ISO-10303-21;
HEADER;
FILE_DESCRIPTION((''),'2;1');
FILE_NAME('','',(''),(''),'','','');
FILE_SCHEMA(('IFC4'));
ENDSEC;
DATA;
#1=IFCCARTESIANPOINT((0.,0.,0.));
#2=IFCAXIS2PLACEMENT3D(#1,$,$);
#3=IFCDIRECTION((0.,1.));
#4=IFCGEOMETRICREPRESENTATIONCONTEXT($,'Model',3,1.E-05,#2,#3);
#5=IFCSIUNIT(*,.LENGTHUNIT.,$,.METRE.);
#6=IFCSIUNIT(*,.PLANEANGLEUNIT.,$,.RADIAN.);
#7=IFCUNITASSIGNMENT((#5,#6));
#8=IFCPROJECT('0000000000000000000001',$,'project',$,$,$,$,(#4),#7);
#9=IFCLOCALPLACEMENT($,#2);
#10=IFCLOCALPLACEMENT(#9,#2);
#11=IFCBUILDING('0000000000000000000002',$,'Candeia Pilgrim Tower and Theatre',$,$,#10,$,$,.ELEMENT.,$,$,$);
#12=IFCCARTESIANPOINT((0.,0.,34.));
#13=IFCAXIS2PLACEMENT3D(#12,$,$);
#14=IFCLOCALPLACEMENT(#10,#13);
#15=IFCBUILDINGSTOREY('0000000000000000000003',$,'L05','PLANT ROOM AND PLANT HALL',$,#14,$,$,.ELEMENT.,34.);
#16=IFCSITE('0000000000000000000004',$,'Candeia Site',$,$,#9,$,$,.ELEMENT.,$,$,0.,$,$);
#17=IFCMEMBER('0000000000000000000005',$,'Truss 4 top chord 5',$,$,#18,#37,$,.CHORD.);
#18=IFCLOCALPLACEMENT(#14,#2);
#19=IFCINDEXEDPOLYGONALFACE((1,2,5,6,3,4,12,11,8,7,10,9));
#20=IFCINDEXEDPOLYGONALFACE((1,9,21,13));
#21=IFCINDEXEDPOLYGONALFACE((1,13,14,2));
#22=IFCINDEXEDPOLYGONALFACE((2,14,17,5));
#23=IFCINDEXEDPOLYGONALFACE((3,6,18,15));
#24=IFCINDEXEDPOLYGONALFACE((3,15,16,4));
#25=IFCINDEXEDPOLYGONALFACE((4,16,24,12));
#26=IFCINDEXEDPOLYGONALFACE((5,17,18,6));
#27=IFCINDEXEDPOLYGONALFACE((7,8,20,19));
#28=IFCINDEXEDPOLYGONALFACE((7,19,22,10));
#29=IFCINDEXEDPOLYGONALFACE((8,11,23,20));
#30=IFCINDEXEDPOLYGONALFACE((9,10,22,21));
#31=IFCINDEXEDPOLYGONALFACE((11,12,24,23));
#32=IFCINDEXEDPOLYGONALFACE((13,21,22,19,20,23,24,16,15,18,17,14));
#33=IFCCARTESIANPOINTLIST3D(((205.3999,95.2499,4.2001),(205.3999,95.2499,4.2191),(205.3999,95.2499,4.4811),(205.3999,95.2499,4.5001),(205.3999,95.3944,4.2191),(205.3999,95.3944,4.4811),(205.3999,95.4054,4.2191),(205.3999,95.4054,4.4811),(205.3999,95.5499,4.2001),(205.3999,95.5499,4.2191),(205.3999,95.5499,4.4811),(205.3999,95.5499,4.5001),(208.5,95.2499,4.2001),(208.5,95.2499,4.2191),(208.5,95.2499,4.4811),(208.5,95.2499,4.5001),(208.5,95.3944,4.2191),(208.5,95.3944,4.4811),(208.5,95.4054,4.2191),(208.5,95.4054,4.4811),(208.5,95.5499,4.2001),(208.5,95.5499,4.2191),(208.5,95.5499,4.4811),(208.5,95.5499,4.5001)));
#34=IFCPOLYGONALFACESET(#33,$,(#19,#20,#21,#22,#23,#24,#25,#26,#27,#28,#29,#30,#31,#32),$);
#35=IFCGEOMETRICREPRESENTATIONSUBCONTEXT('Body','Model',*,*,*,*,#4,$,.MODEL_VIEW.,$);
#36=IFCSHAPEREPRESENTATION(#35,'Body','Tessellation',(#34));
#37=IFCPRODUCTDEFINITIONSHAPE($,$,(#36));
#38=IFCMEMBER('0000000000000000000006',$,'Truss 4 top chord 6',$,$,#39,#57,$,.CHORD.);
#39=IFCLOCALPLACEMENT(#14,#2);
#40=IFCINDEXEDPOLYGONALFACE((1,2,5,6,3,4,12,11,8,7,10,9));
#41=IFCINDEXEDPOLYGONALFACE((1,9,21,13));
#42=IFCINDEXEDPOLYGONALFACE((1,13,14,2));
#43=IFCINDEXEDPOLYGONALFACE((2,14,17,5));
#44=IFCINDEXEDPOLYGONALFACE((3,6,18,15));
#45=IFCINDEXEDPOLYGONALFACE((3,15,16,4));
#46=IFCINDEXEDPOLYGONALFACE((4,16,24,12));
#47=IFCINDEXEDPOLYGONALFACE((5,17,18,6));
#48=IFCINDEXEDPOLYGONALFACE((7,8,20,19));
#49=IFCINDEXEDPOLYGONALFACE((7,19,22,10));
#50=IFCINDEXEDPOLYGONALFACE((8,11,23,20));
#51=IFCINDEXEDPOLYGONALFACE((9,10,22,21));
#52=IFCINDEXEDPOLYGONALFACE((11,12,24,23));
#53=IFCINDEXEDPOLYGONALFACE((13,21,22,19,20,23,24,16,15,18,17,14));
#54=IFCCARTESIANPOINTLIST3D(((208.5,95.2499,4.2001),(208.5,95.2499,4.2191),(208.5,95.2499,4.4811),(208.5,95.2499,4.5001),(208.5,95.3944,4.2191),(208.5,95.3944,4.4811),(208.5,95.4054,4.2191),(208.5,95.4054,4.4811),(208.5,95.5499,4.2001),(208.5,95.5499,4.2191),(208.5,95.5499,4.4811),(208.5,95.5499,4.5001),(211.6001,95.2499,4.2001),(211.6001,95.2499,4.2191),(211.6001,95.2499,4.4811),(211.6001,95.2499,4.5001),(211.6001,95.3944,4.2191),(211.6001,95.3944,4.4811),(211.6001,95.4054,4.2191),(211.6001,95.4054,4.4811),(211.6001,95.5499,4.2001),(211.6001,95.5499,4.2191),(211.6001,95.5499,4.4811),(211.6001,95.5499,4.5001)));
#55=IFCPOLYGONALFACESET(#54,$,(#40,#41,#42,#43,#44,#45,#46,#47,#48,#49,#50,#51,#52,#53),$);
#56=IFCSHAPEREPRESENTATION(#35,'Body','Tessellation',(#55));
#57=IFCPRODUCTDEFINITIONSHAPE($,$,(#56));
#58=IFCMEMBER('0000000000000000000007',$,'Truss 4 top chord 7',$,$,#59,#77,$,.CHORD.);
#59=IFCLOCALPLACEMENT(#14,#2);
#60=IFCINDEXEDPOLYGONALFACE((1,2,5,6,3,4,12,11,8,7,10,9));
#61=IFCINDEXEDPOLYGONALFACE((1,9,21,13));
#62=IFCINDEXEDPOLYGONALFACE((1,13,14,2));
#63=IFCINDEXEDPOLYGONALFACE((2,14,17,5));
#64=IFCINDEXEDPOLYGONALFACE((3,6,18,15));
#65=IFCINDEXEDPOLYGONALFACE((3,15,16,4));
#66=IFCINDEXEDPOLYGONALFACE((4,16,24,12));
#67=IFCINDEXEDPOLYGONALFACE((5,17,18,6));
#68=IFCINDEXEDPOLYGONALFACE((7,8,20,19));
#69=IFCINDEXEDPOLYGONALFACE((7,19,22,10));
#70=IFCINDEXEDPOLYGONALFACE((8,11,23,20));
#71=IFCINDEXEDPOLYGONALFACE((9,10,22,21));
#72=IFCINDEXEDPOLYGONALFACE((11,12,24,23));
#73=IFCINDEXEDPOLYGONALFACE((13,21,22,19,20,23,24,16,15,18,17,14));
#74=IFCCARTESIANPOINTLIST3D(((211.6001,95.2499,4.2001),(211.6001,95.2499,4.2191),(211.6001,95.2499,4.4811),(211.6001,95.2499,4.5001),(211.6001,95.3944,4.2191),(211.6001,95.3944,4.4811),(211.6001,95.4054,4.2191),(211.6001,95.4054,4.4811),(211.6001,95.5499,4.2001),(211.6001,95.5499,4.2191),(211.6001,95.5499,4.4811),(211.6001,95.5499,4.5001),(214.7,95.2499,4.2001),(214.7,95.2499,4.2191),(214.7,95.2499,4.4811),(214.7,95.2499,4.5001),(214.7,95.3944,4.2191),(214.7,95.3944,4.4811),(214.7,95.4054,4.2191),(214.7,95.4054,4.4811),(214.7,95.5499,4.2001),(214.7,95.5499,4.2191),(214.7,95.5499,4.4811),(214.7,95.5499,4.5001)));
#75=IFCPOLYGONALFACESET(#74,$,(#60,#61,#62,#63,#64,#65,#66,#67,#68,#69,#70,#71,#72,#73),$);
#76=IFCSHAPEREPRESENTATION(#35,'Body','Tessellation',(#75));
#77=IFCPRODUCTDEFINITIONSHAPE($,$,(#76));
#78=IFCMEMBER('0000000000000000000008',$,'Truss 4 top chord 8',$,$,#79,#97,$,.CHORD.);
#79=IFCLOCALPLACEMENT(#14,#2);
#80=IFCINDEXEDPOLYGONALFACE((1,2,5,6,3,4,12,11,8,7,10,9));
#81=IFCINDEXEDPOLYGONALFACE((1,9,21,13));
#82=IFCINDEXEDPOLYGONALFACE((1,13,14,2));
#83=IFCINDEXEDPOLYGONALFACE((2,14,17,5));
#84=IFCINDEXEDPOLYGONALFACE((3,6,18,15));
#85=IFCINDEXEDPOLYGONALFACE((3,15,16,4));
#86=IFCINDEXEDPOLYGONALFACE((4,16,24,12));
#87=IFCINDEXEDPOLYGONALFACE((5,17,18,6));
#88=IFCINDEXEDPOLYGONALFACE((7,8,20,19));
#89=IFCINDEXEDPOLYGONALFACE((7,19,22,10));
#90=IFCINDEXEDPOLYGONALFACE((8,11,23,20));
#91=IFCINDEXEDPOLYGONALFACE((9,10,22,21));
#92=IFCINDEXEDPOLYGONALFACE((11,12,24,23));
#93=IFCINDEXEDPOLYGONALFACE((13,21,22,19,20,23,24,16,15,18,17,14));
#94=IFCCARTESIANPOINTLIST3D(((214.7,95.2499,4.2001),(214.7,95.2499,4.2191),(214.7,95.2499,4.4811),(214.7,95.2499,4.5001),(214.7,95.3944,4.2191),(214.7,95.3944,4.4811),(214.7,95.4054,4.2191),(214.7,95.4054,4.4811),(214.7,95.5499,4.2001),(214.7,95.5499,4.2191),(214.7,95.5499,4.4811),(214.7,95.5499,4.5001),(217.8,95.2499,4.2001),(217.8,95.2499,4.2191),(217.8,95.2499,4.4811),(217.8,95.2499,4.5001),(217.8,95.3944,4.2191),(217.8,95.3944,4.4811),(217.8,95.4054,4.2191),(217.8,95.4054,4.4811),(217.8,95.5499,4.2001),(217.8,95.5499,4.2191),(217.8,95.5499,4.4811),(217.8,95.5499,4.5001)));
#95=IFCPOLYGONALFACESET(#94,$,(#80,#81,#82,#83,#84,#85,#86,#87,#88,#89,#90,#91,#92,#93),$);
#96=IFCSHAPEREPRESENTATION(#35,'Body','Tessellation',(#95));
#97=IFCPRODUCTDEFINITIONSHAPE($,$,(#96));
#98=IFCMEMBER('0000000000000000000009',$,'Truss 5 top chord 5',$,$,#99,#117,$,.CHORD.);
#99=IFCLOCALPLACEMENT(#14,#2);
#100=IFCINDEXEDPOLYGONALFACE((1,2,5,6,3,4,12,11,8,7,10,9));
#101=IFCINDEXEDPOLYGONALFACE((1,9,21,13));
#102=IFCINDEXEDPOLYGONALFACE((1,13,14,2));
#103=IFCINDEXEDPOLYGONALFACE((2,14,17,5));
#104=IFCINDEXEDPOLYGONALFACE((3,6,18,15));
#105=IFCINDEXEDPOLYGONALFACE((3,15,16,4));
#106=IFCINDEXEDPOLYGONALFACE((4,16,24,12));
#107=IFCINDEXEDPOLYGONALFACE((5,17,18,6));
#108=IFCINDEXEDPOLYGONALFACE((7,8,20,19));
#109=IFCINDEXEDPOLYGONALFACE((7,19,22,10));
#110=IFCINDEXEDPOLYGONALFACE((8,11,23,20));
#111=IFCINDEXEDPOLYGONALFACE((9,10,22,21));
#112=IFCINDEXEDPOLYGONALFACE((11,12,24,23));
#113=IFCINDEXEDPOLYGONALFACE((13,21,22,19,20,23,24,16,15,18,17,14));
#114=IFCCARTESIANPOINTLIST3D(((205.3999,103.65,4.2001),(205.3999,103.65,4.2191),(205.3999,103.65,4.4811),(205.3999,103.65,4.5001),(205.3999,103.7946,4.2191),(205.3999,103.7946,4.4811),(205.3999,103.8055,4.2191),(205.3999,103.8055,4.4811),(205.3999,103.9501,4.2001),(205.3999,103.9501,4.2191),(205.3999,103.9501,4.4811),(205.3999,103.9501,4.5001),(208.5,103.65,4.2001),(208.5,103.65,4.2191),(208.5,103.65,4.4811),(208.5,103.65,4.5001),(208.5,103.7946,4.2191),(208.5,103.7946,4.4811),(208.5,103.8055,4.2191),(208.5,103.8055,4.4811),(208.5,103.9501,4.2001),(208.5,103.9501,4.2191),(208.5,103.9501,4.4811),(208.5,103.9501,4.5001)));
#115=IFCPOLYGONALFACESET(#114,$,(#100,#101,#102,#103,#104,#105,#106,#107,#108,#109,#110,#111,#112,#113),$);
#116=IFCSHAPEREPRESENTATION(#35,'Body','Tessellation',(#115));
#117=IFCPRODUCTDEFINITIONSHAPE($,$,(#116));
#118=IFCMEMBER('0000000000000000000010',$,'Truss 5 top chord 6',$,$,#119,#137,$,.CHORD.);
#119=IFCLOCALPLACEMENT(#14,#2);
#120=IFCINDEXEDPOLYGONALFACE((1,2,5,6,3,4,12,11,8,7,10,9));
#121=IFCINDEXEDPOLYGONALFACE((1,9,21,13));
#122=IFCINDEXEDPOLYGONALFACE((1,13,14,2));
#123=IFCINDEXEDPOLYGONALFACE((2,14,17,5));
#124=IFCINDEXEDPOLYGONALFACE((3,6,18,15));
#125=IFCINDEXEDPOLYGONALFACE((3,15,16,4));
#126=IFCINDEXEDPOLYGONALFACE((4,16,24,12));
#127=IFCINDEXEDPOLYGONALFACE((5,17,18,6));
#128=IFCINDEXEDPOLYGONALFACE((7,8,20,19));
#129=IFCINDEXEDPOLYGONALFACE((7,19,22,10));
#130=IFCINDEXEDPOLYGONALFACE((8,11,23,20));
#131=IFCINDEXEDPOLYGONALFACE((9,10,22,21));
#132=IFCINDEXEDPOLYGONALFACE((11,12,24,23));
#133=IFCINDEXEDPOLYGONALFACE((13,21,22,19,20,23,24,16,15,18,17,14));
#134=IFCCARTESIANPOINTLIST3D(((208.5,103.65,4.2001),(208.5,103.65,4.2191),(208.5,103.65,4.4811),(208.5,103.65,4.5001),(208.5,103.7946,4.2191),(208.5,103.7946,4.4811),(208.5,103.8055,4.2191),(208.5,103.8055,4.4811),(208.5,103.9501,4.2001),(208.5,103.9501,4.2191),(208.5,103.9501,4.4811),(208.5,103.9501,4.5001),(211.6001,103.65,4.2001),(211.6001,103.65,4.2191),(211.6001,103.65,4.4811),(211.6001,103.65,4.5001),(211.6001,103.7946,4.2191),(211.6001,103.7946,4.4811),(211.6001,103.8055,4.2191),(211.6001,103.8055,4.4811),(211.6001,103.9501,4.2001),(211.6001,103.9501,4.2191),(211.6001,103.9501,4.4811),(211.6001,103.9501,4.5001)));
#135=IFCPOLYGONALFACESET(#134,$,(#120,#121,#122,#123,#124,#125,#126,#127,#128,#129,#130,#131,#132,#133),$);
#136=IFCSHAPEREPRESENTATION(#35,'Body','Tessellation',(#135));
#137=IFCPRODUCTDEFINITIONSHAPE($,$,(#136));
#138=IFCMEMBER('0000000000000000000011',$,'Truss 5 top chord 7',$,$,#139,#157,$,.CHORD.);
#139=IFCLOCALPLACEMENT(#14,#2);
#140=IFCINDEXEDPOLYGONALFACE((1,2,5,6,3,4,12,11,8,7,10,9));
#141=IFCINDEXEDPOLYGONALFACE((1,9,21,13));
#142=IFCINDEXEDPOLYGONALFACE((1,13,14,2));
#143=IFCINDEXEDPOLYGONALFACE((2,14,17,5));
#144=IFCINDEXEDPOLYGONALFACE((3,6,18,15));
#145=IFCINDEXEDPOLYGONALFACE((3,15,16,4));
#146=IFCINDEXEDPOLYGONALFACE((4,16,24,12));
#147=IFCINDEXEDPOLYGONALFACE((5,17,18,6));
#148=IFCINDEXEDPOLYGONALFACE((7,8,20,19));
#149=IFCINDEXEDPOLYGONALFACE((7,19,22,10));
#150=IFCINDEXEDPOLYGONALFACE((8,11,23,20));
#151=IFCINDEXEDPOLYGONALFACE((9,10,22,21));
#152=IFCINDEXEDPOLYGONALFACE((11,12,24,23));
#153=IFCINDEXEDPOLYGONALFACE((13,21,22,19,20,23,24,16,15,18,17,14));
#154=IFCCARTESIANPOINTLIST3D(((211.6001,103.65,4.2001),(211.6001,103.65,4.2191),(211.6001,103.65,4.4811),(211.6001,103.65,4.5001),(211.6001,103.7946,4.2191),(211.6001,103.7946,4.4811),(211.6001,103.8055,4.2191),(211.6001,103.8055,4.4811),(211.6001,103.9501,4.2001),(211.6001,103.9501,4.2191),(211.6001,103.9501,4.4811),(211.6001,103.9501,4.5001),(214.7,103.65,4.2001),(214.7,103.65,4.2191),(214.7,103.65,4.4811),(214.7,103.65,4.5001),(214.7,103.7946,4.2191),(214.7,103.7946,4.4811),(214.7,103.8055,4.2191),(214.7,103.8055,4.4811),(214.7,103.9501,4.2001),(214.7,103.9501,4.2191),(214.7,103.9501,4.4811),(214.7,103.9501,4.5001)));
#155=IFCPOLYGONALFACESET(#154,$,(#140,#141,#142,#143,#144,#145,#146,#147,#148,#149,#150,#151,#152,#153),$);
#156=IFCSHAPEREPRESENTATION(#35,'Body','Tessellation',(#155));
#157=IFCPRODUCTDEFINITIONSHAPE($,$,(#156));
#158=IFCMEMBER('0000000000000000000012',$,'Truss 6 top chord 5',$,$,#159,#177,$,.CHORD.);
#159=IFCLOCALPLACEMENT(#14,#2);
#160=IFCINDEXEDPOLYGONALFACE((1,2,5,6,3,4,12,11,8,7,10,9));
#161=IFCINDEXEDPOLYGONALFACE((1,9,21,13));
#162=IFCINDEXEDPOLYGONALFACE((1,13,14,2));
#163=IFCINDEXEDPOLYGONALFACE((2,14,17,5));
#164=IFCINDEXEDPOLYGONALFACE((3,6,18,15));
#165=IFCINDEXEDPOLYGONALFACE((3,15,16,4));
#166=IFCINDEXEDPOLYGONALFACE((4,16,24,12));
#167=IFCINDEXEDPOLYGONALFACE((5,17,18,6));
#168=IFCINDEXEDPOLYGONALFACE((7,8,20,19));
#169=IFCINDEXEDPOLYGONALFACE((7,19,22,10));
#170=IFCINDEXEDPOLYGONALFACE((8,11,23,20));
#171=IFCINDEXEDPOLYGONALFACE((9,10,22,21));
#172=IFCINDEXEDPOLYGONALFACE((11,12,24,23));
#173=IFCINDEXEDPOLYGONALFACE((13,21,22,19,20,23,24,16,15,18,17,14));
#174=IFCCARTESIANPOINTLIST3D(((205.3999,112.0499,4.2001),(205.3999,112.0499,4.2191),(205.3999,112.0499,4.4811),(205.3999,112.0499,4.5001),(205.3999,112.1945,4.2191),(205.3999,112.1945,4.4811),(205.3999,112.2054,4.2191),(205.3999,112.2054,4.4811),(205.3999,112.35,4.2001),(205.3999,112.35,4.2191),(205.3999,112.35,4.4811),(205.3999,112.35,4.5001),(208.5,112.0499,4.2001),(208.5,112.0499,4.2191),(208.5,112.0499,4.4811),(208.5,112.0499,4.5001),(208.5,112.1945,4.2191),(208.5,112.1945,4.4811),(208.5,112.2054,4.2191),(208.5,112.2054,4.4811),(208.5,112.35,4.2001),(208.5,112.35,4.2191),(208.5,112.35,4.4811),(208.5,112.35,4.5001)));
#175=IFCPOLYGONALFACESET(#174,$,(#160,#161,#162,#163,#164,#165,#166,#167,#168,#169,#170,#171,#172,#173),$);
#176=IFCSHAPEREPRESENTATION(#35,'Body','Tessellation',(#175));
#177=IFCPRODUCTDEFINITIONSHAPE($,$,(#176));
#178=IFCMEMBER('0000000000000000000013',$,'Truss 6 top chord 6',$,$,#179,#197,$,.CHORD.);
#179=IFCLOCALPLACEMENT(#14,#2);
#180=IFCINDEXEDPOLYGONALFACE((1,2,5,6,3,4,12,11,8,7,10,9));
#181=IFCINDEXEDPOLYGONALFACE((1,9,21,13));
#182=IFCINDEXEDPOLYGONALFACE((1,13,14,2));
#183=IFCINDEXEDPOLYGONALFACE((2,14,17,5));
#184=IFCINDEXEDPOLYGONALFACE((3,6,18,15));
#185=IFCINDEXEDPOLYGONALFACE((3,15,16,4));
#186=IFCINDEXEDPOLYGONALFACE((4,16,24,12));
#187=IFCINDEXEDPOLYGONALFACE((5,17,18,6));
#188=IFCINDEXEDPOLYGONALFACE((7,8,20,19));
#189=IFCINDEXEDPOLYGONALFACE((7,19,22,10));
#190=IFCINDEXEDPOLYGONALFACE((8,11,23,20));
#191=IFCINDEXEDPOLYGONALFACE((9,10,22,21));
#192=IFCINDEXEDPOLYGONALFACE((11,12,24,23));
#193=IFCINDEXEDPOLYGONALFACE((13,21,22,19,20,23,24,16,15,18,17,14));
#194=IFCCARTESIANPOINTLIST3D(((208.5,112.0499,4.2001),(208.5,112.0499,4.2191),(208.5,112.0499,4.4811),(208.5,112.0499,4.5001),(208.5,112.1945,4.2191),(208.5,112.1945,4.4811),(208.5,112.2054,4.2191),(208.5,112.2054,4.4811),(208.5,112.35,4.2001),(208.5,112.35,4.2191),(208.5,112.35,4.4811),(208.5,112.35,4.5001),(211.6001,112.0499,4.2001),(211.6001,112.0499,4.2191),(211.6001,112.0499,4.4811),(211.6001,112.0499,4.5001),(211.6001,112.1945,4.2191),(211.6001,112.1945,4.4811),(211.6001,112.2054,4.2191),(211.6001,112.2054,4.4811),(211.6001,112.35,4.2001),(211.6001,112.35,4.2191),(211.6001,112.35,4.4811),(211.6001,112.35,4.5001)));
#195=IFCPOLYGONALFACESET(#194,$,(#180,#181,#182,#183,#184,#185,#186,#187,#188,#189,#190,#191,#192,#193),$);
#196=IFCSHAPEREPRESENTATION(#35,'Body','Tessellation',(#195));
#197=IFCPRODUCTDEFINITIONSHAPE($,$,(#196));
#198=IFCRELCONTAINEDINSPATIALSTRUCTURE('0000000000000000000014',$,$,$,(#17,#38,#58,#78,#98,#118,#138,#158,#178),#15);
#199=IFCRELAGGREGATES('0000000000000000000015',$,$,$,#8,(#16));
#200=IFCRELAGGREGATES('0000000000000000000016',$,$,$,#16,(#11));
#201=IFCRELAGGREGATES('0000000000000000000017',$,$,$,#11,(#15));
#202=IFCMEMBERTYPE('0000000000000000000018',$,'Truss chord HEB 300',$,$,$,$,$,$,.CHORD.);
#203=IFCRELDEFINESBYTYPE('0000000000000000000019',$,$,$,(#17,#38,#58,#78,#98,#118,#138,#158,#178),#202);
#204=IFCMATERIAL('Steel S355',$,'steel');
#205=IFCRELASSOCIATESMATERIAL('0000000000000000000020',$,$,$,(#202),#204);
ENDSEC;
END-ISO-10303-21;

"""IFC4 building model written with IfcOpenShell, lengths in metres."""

from ifc_helpers import new_model, si_unit, direction, frame, origin, origin_2d, place, context, subcontext, project, spatial, i_section, extrude, material, material_profile, profile_set, type_object, element, save


model = new_model("IFC4")

# Units and contexts
model_context = context("Model", 3, precision=1e-05, world=origin(), true_north=direction((0.0, 1.0)))
body_context = subcontext(model_context, "Body", "Model", "MODEL_VIEW")
ifc_project = project(units=[si_unit("LENGTHUNIT", "METRE"), si_unit("PLANEANGLEUNIT", "RADIAN")], contexts=[model_context])

# Site, building, storey
site_placement = place(None, origin())
site = spatial("IfcSite", under=ifc_project, at=site_placement, Name="Candeia Site", CompositionType="ELEMENT", RefElevation=0.0)
building_placement = place(site_placement, origin())
building = spatial("IfcBuilding", under=site, at=building_placement, Name="Candeia Pilgrim Tower and Theatre", CompositionType="ELEMENT")
storey_placement = place(building_placement, frame((0.0, 0.0, 34.0)))
storey = spatial("IfcBuildingStorey", under=building, at=storey_placement, Name="L05", Description="PLANT ROOM AND PLANT HALL", CompositionType="ELEMENT", Elevation=34.0)

# Members
ifc_material = material(Name="Steel S355", Category="steel")
ifc_material_profile_1 = material_profile(ifc_material, i_section(OverallWidth=0.3, OverallDepth=0.3, WebThickness=0.011, FlangeThickness=0.019, at=origin_2d()))
ifc_profile_set_1 = profile_set([ifc_material_profile_1], Name="Steel S355")
member_type_1 = type_object("IfcMemberType", Name="Truss chord HEB 300", PredefinedType="CHORD", material=ifc_profile_set_1)
for number, where, z_axis, x_axis, name in (
    (1, (205.3999, 95.3999, 4.3501), (1.0, 0.0, 0.0), (0.0, 1.0, 0.0), "Truss 4 top chord 5"),
    (2, (208.5, 95.3999, 4.3501), (1.0, 0.0, 0.0), (0.0, 1.0, 0.0), "Truss 4 top chord 6"),
):
    element("IfcMember", number, at=place(storey_placement, frame(where, z_axis=z_axis, x_axis=x_axis)), inside=storey, type_object=member_type_1, Name=name, PredefinedType="CHORD", context=body_context, shape_type="SweptSolid", body=[
        extrude(i_section(OverallWidth=0.3, OverallDepth=0.3, WebThickness=0.011, FlangeThickness=0.019, at=origin_2d()), origin(), (0.0, 0.0, 1.0), 3.1001),
    ])
member_1_placement = place(storey_placement, frame((211.6001, 95.3999, 4.3501), z_axis=(1.0, 0.0, 0.0), x_axis=(0.0, 1.0, 0.0)))
element("IfcMember", 3, at=member_1_placement, inside=storey, type_object=member_type_1, Name="Truss 4 top chord 7", PredefinedType="CHORD", context=body_context, shape_type="SweptSolid", body=[
    extrude(i_section(OverallWidth=0.3, OverallDepth=0.3, WebThickness=0.011, FlangeThickness=0.019, at=origin_2d()), origin(), (0.0, 0.0, 1.0), 3.0999),
])
for number, where, z_axis, x_axis, name in (
    (4, (214.7, 95.3999, 4.3501), (1.0, 0.0, 0.0), (0.0, 1.0, 0.0), "Truss 4 top chord 8"),
    (5, (205.3999, 103.8, 4.3501), (1.0, 0.0, 0.0), (0.0, 1.0, 0.0), "Truss 5 top chord 5"),
    (6, (208.5, 103.8, 4.3501), (1.0, 0.0, 0.0), (0.0, 1.0, 0.0), "Truss 5 top chord 6"),
):
    element("IfcMember", number, at=place(storey_placement, frame(where, z_axis=z_axis, x_axis=x_axis)), inside=storey, type_object=member_type_1, Name=name, PredefinedType="CHORD", context=body_context, shape_type="SweptSolid", body=[
        extrude(i_section(OverallWidth=0.3, OverallDepth=0.3, WebThickness=0.011, FlangeThickness=0.019, at=origin_2d()), origin(), (0.0, 0.0, 1.0), 3.1001),
    ])
member_2_placement = place(storey_placement, frame((211.6001, 103.8, 4.3501), z_axis=(1.0, 0.0, 0.0), x_axis=(0.0, 1.0, 0.0)))
element("IfcMember", 7, at=member_2_placement, inside=storey, type_object=member_type_1, Name="Truss 5 top chord 7", PredefinedType="CHORD", context=body_context, shape_type="SweptSolid", body=[
    extrude(i_section(OverallWidth=0.3, OverallDepth=0.3, WebThickness=0.011, FlangeThickness=0.019, at=origin_2d()), origin(), (0.0, 0.0, 1.0), 3.0999),
])
for number, where, z_axis, x_axis, name in (
    (8, (205.3999, 112.2, 4.3501), (1.0, 0.0, 0.0), (0.0, 1.0, 0.0), "Truss 6 top chord 5"),
    (9, (208.5, 112.2, 4.3501), (1.0, 0.0, 0.0), (0.0, 1.0, 0.0), "Truss 6 top chord 6"),
):
    element("IfcMember", number, at=place(storey_placement, frame(where, z_axis=z_axis, x_axis=x_axis)), inside=storey, type_object=member_type_1, Name=name, PredefinedType="CHORD", context=body_context, shape_type="SweptSolid", body=[
        extrude(i_section(OverallWidth=0.3, OverallDepth=0.3, WebThickness=0.011, FlangeThickness=0.019, at=origin_2d()), origin(), (0.0, 0.0, 1.0), 3.1001),
    ])

save(model, "model.ifc")
